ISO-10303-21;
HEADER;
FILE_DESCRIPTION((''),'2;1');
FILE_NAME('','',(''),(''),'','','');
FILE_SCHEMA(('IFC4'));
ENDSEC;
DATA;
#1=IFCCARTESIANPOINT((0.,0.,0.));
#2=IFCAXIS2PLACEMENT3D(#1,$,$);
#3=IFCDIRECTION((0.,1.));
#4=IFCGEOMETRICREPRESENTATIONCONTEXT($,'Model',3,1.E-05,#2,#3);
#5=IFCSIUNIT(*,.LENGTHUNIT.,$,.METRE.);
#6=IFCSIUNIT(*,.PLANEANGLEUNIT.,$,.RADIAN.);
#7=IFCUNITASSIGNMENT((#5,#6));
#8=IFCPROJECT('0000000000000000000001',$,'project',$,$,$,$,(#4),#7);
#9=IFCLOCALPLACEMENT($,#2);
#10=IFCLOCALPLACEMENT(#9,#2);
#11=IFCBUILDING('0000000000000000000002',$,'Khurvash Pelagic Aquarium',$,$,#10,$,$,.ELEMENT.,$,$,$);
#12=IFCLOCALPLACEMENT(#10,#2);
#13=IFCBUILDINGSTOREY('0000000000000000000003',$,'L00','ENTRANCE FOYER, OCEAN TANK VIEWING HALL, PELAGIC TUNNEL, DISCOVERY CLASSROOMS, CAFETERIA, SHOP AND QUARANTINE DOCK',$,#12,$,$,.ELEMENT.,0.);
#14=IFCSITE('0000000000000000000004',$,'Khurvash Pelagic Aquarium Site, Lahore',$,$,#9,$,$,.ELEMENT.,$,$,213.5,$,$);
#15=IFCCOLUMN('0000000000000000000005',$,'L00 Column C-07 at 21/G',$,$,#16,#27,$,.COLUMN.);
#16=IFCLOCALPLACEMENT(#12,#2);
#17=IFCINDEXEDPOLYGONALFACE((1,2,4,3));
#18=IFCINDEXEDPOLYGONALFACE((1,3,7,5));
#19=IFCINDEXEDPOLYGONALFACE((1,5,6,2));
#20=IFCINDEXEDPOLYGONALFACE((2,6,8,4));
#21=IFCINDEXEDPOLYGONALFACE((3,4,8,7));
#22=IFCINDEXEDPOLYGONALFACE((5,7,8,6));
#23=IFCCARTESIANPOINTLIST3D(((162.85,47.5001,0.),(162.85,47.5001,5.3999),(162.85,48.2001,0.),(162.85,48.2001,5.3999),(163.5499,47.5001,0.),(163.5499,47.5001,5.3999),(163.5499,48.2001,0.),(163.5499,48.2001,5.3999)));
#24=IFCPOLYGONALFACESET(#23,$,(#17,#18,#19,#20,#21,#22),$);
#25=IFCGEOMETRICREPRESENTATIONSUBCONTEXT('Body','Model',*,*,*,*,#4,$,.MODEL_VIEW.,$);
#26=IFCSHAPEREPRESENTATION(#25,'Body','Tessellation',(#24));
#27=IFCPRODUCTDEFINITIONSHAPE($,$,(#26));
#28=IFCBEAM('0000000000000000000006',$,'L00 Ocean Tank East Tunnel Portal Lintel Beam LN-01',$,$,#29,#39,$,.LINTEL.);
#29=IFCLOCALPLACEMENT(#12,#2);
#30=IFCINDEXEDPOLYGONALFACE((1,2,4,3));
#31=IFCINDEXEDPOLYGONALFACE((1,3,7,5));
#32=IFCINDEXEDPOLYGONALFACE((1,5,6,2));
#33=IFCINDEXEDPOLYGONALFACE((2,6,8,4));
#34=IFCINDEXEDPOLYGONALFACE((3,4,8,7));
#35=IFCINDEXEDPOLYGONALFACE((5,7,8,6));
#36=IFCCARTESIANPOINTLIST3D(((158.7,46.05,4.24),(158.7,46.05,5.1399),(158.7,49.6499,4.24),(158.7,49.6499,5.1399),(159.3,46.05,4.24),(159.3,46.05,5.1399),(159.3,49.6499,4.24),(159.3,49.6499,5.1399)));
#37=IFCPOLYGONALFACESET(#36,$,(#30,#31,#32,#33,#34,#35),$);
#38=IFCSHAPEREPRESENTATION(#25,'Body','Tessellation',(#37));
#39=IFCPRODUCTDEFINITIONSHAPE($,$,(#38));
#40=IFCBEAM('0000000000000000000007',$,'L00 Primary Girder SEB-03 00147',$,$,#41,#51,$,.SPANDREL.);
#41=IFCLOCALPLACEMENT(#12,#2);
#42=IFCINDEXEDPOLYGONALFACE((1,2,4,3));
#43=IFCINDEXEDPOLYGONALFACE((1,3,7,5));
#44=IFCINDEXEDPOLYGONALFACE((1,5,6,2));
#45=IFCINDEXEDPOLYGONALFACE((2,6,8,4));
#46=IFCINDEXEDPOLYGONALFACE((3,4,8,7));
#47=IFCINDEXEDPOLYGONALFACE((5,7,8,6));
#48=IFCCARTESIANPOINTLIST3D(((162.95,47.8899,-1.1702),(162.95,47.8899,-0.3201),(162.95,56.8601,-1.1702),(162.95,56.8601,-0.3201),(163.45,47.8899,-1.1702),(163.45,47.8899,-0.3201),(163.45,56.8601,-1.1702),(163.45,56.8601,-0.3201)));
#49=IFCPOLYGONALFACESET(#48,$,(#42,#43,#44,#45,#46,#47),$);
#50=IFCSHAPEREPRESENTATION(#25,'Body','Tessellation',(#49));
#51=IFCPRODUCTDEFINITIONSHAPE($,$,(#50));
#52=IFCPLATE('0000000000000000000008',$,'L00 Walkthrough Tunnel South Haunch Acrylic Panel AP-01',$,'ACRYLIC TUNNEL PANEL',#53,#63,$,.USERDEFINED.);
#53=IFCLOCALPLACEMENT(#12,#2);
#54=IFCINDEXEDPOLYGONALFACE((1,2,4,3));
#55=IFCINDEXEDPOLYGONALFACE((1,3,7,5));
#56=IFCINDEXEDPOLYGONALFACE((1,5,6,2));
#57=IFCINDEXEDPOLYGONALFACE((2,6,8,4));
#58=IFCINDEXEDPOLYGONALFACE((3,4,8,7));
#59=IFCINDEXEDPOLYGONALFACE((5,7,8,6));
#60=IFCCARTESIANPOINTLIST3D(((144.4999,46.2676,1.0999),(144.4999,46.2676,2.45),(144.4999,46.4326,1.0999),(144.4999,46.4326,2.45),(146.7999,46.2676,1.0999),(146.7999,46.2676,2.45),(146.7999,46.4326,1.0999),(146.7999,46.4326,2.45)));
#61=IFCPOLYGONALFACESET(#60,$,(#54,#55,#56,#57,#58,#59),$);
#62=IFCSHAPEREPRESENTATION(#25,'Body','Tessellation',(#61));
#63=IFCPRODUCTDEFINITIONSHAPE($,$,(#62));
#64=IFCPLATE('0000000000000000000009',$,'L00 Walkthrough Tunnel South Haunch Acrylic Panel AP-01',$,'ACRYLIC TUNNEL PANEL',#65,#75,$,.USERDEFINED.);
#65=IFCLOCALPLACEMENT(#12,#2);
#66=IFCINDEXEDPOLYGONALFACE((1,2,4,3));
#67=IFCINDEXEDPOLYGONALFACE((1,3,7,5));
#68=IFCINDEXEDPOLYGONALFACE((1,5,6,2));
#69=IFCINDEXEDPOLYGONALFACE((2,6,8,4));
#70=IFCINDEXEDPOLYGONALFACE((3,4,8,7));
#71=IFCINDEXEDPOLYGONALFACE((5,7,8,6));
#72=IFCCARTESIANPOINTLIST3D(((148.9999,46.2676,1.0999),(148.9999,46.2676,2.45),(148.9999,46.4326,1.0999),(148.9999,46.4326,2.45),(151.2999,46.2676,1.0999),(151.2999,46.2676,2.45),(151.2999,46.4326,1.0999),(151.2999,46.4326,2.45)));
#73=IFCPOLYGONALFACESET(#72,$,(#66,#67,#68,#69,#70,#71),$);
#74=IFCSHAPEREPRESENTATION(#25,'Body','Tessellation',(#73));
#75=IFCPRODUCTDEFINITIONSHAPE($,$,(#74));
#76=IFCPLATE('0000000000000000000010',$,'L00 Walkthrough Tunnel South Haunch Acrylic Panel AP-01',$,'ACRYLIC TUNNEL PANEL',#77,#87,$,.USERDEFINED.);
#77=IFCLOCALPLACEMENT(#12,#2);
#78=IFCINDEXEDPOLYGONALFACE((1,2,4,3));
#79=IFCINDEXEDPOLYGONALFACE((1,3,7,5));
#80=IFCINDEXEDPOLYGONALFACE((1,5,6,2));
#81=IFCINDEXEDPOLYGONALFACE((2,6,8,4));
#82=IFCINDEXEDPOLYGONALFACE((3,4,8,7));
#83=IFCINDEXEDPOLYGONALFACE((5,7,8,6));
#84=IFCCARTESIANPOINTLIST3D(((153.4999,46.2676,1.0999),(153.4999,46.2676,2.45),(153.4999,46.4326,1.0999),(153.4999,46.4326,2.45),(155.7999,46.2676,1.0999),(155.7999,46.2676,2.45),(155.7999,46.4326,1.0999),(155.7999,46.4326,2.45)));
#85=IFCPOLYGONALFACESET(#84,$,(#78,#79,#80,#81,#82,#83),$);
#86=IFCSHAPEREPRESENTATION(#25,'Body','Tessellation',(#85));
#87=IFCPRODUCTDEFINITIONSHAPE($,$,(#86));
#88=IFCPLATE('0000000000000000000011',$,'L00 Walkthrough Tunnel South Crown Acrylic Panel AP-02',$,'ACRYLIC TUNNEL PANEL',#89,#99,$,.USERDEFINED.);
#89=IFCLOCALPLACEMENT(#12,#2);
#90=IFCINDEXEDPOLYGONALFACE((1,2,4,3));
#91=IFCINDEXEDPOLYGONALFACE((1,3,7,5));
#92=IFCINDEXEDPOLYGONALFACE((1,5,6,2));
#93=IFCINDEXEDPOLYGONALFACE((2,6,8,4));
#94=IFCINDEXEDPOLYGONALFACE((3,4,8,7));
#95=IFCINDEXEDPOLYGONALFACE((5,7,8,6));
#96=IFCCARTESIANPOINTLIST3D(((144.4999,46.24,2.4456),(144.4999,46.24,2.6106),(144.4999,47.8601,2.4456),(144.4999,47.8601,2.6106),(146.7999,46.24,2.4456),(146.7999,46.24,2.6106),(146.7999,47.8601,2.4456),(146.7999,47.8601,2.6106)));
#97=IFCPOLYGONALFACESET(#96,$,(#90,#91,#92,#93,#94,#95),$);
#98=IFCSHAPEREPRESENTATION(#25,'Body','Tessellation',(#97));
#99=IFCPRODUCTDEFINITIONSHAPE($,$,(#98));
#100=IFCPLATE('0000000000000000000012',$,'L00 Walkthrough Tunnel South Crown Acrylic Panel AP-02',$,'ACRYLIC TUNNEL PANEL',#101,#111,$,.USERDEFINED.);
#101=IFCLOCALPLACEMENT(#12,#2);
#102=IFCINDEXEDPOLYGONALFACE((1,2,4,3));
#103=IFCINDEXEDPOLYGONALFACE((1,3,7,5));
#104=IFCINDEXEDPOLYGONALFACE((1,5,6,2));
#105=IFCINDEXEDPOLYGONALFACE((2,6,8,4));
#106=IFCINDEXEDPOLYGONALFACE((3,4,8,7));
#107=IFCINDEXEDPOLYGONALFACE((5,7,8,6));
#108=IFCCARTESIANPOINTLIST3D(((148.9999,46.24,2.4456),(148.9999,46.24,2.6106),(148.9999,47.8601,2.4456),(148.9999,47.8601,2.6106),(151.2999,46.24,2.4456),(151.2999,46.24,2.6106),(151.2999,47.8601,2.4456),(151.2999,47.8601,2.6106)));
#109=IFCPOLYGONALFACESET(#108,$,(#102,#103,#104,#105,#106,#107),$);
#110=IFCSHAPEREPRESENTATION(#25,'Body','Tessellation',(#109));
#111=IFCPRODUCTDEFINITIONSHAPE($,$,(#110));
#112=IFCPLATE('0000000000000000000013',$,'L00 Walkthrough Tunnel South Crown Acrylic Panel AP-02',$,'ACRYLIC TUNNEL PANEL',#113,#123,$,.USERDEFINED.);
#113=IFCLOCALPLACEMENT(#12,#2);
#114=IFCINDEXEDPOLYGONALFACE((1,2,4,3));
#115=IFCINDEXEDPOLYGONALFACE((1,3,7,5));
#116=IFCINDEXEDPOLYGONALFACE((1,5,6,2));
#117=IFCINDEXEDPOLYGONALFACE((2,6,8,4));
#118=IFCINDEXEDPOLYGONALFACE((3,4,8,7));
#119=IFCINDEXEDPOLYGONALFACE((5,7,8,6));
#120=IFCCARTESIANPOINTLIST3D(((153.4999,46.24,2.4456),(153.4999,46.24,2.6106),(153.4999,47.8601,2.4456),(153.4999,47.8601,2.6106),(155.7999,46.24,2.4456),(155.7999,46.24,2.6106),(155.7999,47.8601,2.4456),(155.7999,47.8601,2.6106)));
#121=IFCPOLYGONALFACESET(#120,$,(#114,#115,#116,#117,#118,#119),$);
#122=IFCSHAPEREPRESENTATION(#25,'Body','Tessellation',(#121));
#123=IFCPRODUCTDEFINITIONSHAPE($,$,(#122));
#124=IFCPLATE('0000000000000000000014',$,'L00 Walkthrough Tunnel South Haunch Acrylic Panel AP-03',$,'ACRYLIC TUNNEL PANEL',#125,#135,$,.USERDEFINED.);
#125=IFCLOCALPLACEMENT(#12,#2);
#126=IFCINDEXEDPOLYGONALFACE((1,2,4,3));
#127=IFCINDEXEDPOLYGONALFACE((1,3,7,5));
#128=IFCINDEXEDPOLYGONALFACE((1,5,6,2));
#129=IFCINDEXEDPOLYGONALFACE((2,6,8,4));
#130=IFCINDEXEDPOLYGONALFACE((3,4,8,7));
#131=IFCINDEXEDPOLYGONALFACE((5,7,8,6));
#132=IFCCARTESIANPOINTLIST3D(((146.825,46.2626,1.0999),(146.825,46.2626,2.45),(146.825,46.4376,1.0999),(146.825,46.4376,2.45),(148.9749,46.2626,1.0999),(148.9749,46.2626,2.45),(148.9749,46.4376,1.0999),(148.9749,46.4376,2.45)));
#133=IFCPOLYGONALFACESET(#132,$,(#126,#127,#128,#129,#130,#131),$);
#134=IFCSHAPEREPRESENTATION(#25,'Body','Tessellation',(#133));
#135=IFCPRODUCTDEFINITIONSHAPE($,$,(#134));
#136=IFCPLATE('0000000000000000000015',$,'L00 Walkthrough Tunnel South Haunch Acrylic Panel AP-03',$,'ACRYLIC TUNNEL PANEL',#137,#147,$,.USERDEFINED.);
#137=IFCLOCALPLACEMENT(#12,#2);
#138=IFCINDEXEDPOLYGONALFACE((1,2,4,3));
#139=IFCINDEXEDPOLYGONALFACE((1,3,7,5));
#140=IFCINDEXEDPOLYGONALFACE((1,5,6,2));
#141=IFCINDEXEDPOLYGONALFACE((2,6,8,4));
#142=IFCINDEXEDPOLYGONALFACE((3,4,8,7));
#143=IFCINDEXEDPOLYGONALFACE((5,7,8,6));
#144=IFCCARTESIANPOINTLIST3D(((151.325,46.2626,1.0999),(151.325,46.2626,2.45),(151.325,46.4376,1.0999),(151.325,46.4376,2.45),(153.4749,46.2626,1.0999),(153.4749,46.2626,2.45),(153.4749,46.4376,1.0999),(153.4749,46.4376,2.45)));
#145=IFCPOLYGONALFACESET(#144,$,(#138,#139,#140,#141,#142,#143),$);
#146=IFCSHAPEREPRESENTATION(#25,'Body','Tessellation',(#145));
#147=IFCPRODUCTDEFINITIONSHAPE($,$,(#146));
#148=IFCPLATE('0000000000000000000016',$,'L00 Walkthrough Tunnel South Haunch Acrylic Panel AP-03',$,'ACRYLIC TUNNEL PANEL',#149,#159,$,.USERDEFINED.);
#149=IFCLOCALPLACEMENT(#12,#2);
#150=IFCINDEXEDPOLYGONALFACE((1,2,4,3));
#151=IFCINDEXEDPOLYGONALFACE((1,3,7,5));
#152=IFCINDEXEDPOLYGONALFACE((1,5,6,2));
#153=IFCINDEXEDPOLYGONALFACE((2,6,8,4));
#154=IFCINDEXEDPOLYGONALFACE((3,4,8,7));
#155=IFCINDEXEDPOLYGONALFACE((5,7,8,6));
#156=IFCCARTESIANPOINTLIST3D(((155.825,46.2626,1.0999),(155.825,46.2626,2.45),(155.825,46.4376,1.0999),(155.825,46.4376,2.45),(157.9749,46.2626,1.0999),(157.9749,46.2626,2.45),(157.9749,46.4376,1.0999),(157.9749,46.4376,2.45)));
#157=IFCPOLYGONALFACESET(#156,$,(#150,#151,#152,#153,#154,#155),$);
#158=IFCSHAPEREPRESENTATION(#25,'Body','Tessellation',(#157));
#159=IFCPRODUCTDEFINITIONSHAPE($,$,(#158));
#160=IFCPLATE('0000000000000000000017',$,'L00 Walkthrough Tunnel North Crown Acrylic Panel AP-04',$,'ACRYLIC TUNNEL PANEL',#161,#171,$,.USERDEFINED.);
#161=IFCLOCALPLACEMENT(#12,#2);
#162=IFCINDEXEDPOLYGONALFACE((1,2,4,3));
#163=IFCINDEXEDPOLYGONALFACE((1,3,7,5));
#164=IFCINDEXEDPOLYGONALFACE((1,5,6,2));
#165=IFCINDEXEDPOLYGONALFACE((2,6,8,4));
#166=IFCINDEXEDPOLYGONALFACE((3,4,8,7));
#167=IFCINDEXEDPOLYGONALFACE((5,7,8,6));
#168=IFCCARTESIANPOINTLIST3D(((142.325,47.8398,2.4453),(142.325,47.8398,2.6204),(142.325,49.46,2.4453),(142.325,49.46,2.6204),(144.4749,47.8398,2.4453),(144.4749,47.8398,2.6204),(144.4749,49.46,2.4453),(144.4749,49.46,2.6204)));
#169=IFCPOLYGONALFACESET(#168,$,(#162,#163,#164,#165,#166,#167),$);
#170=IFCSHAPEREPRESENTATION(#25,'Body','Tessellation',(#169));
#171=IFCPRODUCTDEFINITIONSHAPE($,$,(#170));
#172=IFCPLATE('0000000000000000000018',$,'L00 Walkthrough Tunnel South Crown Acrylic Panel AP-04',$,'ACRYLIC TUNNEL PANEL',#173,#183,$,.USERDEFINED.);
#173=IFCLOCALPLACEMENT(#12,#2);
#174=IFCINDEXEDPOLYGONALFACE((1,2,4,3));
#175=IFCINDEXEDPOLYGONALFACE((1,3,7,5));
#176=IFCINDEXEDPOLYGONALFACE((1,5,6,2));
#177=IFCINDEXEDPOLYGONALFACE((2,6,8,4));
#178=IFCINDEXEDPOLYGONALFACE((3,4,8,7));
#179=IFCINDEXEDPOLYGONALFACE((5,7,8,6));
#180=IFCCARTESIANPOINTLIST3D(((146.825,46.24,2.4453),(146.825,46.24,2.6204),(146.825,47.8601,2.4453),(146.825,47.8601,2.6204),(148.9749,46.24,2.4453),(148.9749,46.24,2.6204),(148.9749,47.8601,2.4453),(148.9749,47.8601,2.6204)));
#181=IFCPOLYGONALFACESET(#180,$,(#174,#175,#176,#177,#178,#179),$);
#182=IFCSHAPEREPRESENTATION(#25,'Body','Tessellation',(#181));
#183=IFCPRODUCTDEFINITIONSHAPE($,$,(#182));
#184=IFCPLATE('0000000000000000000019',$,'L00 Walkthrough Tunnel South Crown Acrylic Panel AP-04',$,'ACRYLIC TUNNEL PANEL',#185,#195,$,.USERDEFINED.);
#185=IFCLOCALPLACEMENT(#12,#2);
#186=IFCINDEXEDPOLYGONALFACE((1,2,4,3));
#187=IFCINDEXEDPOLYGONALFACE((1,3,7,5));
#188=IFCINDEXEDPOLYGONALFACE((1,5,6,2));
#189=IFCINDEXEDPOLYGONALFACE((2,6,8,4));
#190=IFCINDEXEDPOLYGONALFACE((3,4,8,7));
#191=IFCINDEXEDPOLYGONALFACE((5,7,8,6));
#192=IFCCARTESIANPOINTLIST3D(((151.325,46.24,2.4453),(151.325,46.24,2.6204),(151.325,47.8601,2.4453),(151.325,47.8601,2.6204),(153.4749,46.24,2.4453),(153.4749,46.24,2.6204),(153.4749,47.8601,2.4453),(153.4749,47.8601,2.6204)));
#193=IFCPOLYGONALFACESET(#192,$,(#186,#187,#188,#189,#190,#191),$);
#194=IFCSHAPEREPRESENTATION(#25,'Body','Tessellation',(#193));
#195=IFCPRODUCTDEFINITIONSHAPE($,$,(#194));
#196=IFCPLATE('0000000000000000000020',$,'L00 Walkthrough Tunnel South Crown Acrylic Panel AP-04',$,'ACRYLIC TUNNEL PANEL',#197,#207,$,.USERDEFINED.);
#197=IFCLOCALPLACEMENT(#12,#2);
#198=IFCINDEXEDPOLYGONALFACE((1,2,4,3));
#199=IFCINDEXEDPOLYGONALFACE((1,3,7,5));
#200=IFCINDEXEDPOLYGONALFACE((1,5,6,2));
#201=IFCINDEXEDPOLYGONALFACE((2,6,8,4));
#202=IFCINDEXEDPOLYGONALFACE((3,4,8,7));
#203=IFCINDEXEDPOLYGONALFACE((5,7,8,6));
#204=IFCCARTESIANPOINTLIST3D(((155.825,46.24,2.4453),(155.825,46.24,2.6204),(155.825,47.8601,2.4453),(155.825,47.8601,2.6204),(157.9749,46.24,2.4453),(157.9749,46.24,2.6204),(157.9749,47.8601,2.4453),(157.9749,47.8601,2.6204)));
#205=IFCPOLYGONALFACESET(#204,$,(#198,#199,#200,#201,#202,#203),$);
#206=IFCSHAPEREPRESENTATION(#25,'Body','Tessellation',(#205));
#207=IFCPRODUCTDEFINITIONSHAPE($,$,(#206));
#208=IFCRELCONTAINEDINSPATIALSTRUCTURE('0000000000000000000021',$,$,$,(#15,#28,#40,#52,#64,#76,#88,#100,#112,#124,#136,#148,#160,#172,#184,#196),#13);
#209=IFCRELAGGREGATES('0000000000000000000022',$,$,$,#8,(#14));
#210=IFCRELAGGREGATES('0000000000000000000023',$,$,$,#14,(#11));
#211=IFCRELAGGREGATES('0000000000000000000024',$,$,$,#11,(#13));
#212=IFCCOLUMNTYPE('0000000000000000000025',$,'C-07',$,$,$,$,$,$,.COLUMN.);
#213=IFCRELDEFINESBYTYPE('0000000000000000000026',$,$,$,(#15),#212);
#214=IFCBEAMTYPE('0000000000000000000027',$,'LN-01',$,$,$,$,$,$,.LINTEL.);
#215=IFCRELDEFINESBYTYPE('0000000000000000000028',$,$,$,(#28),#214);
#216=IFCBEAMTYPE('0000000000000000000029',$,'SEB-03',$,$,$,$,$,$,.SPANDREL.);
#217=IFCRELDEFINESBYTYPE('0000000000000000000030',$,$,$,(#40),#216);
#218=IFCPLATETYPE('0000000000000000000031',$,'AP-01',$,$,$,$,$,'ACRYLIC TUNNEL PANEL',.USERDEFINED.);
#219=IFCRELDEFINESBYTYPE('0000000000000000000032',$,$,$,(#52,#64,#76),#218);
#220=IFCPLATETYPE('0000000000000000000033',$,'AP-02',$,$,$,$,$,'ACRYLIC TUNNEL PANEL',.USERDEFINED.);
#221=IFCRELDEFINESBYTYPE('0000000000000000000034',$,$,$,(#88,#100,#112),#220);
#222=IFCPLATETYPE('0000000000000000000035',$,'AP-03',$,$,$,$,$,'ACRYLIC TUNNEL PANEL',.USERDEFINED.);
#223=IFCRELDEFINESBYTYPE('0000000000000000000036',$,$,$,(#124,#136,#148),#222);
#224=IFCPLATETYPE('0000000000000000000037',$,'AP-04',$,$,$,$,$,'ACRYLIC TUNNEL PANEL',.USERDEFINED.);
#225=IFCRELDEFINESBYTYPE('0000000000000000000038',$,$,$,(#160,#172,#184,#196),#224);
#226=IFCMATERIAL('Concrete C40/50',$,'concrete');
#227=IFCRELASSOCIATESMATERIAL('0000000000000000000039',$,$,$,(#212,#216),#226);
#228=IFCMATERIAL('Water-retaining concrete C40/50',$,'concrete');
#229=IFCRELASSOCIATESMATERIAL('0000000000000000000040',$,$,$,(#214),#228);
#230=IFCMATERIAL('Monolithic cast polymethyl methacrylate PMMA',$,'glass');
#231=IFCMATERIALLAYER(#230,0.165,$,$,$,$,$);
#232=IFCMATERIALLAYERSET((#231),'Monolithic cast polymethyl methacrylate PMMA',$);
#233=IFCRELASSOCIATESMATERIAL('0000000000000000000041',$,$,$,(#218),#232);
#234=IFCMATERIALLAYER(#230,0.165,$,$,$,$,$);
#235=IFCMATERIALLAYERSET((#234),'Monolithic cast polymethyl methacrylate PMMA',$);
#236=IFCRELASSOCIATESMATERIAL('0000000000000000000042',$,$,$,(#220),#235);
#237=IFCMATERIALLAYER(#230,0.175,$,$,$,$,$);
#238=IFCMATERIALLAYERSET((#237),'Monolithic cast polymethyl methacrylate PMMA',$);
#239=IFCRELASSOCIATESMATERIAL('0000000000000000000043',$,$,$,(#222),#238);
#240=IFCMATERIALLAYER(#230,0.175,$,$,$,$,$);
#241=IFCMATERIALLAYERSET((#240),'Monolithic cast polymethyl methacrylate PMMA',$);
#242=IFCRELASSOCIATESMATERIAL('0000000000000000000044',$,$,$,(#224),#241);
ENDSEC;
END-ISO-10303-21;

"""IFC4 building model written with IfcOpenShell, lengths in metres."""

from ifc_helpers import new_model, si_unit, direction, frame, origin, origin_2d, place, context, subcontext, project, spatial, rectangle, extrude, material, layer, layer_set, material_profile, profile_set, type_object, element, save


model = new_model("IFC4")

# Units and contexts
model_context = context("Model", 3, precision=1e-05, world=origin(), true_north=direction((0.0, 1.0)))
body_context = subcontext(model_context, "Body", "Model", "MODEL_VIEW")
ifc_project = project(units=[si_unit("LENGTHUNIT", "METRE"), si_unit("PLANEANGLEUNIT", "RADIAN")], contexts=[model_context])

# Site, building, storey
site_placement = place(None, origin())
site = spatial("IfcSite", under=ifc_project, at=site_placement, Name="Khurvash Pelagic Aquarium Site, Lahore", CompositionType="ELEMENT", RefElevation=213.5)
building_placement = place(site_placement, origin())
building = spatial("IfcBuilding", under=site, at=building_placement, Name="Khurvash Pelagic Aquarium", CompositionType="ELEMENT")
storey_placement = place(building_placement, origin())
storey = spatial("IfcBuildingStorey", under=building, at=storey_placement, Name="L00", Description="ENTRANCE FOYER, OCEAN TANK VIEWING HALL, PELAGIC TUNNEL, DISCOVERY CLASSROOMS, CAFETERIA, SHOP AND QUARANTINE DOCK", CompositionType="ELEMENT", Elevation=0.0)

# Column
ifc_material_1 = material(Name="Concrete C40/50", Category="concrete")
ifc_material_profile_1 = material_profile(ifc_material_1, rectangle(XDim=0.7, YDim=0.7, at=origin_2d()), Name="RC700X700")
ifc_profile_set_1 = profile_set([ifc_material_profile_1], Name="Concrete C40/50")
column_type = type_object("IfcColumnType", Name="C-07", PredefinedType="COLUMN", material=ifc_profile_set_1)
column_placement = place(storey_placement, frame((163.2, 47.8501, 0.0), z_axis=(0.0, 0.0, 1.0), x_axis=(1.0, 0.0, 0.0)))
element("IfcColumn", 1, at=column_placement, inside=storey, type_object=column_type, Name="L00 Column C-07 at 21/G", PredefinedType="COLUMN", context=body_context, shape_type="SweptSolid", body=[
    extrude(rectangle(XDim=0.7, YDim=0.7, at=origin_2d()), origin(), (0.0, 0.0, 1.0), 5.3999),
])

# Beams
ifc_material_2 = material(Name="Water-retaining concrete C40/50", Category="concrete")
ifc_material_profile_2 = material_profile(ifc_material_2, rectangle(XDim=0.6001, YDim=0.8999, at=origin_2d()), Name="RC600X900")
ifc_profile_set_2 = profile_set([ifc_material_profile_2], Name="Water-retaining concrete C40/50")
beam_type_1 = type_object("IfcBeamType", Name="LN-01", PredefinedType="LINTEL", material=ifc_profile_set_2)
beam_1_placement = place(storey_placement, frame((159.0, 46.05, 4.6899), z_axis=(0.0, 1.0, 0.0), x_axis=(-1.0, 0.0, 0.0)))
element("IfcBeam", 2, at=beam_1_placement, inside=storey, type_object=beam_type_1, Name="L00 Ocean Tank East Tunnel Portal Lintel Beam LN-01", PredefinedType="LINTEL", context=body_context, shape_type="SweptSolid", body=[
    extrude(rectangle(XDim=0.6001, YDim=0.8999, at=origin_2d()), origin(), (0.0, 0.0, 1.0), 3.5999),
])
ifc_material_profile_3 = material_profile(ifc_material_1, rectangle(XDim=0.5, YDim=0.8501, at=origin_2d()), Name="RC500X850")
ifc_profile_set_3 = profile_set([ifc_material_profile_3], Name="Concrete C40/50")
beam_type_2 = type_object("IfcBeamType", Name="SEB-03", PredefinedType="SPANDREL", material=ifc_profile_set_3)
beam_2_placement = place(storey_placement, frame((163.2, 47.8899, -0.7451), z_axis=(0.0, 1.0, 0.0), x_axis=(-1.0, 0.0, 0.0)))
element("IfcBeam", 3, at=beam_2_placement, inside=storey, type_object=beam_type_2, Name="L00 Primary Girder SEB-03 00147", PredefinedType="SPANDREL", context=body_context, shape_type="SweptSolid", body=[
    extrude(rectangle(XDim=0.5, YDim=0.8501, at=origin_2d()), origin(), (0.0, 0.0, 1.0), 8.9702),
])

# Plates
ifc_material_3 = material(Name="Monolithic cast polymethyl methacrylate PMMA", Category="glass")
ifc_layer_1 = layer(ifc_material_3, 0.165)
ifc_layer_set_1 = layer_set([ifc_layer_1], Name="Monolithic cast polymethyl methacrylate PMMA")
plate_type_1 = type_object("IfcPlateType", Name="AP-01", ElementType="ACRYLIC TUNNEL PANEL", PredefinedType="USERDEFINED", material=ifc_layer_set_1)
for number, where, z_axis, x_axis, name in (
    (4, (145.6499, 46.3501, 1.0999), (0.0, 0.0, 1.0), (1.0, 0.0, 0.0), "L00 Walkthrough Tunnel South Haunch Acrylic Panel AP-01"),
    (5, (150.1499, 46.3501, 1.0999), (0.0, 0.0, 1.0), (1.0, 0.0, 0.0), "L00 Walkthrough Tunnel South Haunch Acrylic Panel AP-01"),
    (6, (154.6499, 46.3501, 1.0999), (0.0, 0.0, 1.0), (1.0, 0.0, 0.0), "L00 Walkthrough Tunnel South Haunch Acrylic Panel AP-01"),
):
    element("IfcPlate", number, at=place(storey_placement, frame(where, z_axis=z_axis, x_axis=x_axis)), inside=storey, type_object=plate_type_1, Name=name, ObjectType="ACRYLIC TUNNEL PANEL", PredefinedType="USERDEFINED", context=body_context, shape_type="SweptSolid", body=[
        extrude(rectangle(XDim=2.3, YDim=0.165, at=origin_2d()), origin(), (0.0, 0.0, 1.0), 1.3501),
    ])
ifc_layer_2 = layer(ifc_material_3, 0.165)
ifc_layer_set_2 = layer_set([ifc_layer_2], Name="Monolithic cast polymethyl methacrylate PMMA")
plate_type_2 = type_object("IfcPlateType", Name="AP-02", ElementType="ACRYLIC TUNNEL PANEL", PredefinedType="USERDEFINED", material=ifc_layer_set_2)
for number, where, z_axis, x_axis, name in (
    (7, (145.6499, 47.05, 2.4456), (0.0, 0.0, 1.0), (1.0, 0.0, 0.0), "L00 Walkthrough Tunnel South Crown Acrylic Panel AP-02"),
    (8, (150.1499, 47.05, 2.4456), (0.0, 0.0, 1.0), (1.0, 0.0, 0.0), "L00 Walkthrough Tunnel South Crown Acrylic Panel AP-02"),
    (9, (154.6499, 47.05, 2.4456), (0.0, 0.0, 1.0), (1.0, 0.0, 0.0), "L00 Walkthrough Tunnel South Crown Acrylic Panel AP-02"),
):
    element("IfcPlate", number, at=place(storey_placement, frame(where, z_axis=z_axis, x_axis=x_axis)), inside=storey, type_object=plate_type_2, Name=name, ObjectType="ACRYLIC TUNNEL PANEL", PredefinedType="USERDEFINED", context=body_context, shape_type="SweptSolid", body=[
        extrude(rectangle(XDim=2.3, YDim=1.6201, at=origin_2d()), origin(), (0.0, 0.0, 1.0), 0.165),
    ])
ifc_layer_3 = layer(ifc_material_3, 0.175)
ifc_layer_set_3 = layer_set([ifc_layer_3], Name="Monolithic cast polymethyl methacrylate PMMA")
plate_type_3 = type_object("IfcPlateType", Name="AP-03", ElementType="ACRYLIC TUNNEL PANEL", PredefinedType="USERDEFINED", material=ifc_layer_set_3)
for number, where, z_axis, x_axis, name in (
    (10, (147.8999, 46.3501, 1.0999), (0.0, 0.0, 1.0), (1.0, 0.0, 0.0), "L00 Walkthrough Tunnel South Haunch Acrylic Panel AP-03"),
    (11, (152.3999, 46.3501, 1.0999), (0.0, 0.0, 1.0), (1.0, 0.0, 0.0), "L00 Walkthrough Tunnel South Haunch Acrylic Panel AP-03"),
    (12, (156.8999, 46.3501, 1.0999), (0.0, 0.0, 1.0), (1.0, 0.0, 0.0), "L00 Walkthrough Tunnel South Haunch Acrylic Panel AP-03"),
):
    element("IfcPlate", number, at=place(storey_placement, frame(where, z_axis=z_axis, x_axis=x_axis)), inside=storey, type_object=plate_type_3, Name=name, ObjectType="ACRYLIC TUNNEL PANEL", PredefinedType="USERDEFINED", context=body_context, shape_type="SweptSolid", body=[
        extrude(rectangle(XDim=2.1499, YDim=0.175, at=origin_2d()), origin(), (0.0, 0.0, 1.0), 1.3501),
    ])
ifc_layer_4 = layer(ifc_material_3, 0.175)
ifc_layer_set_4 = layer_set([ifc_layer_4], Name="Monolithic cast polymethyl methacrylate PMMA")
plate_type_4 = type_object("IfcPlateType", Name="AP-04", ElementType="ACRYLIC TUNNEL PANEL", PredefinedType="USERDEFINED", material=ifc_layer_set_4)
for number, where, z_axis, x_axis, name in (
    (13, (143.3999, 48.6499, 2.4453), (0.0, 0.0, 1.0), (1.0, 0.0, 0.0), "L00 Walkthrough Tunnel North Crown Acrylic Panel AP-04"),
    (14, (147.8999, 47.05, 2.4453), (0.0, 0.0, 1.0), (1.0, 0.0, 0.0), "L00 Walkthrough Tunnel South Crown Acrylic Panel AP-04"),
    (15, (152.3999, 47.05, 2.4453), (0.0, 0.0, 1.0), (1.0, 0.0, 0.0), "L00 Walkthrough Tunnel South Crown Acrylic Panel AP-04"),
    (16, (156.8999, 47.05, 2.4453), (0.0, 0.0, 1.0), (1.0, 0.0, 0.0), "L00 Walkthrough Tunnel South Crown Acrylic Panel AP-04"),
):
    element("IfcPlate", number, at=place(storey_placement, frame(where, z_axis=z_axis, x_axis=x_axis)), inside=storey, type_object=plate_type_4, Name=name, ObjectType="ACRYLIC TUNNEL PANEL", PredefinedType="USERDEFINED", context=body_context, shape_type="SweptSolid", body=[
        extrude(rectangle(XDim=2.1499, YDim=1.6201, at=origin_2d()), origin(), (0.0, 0.0, 1.0), 0.175),
    ])

save(model, "model.ifc")
